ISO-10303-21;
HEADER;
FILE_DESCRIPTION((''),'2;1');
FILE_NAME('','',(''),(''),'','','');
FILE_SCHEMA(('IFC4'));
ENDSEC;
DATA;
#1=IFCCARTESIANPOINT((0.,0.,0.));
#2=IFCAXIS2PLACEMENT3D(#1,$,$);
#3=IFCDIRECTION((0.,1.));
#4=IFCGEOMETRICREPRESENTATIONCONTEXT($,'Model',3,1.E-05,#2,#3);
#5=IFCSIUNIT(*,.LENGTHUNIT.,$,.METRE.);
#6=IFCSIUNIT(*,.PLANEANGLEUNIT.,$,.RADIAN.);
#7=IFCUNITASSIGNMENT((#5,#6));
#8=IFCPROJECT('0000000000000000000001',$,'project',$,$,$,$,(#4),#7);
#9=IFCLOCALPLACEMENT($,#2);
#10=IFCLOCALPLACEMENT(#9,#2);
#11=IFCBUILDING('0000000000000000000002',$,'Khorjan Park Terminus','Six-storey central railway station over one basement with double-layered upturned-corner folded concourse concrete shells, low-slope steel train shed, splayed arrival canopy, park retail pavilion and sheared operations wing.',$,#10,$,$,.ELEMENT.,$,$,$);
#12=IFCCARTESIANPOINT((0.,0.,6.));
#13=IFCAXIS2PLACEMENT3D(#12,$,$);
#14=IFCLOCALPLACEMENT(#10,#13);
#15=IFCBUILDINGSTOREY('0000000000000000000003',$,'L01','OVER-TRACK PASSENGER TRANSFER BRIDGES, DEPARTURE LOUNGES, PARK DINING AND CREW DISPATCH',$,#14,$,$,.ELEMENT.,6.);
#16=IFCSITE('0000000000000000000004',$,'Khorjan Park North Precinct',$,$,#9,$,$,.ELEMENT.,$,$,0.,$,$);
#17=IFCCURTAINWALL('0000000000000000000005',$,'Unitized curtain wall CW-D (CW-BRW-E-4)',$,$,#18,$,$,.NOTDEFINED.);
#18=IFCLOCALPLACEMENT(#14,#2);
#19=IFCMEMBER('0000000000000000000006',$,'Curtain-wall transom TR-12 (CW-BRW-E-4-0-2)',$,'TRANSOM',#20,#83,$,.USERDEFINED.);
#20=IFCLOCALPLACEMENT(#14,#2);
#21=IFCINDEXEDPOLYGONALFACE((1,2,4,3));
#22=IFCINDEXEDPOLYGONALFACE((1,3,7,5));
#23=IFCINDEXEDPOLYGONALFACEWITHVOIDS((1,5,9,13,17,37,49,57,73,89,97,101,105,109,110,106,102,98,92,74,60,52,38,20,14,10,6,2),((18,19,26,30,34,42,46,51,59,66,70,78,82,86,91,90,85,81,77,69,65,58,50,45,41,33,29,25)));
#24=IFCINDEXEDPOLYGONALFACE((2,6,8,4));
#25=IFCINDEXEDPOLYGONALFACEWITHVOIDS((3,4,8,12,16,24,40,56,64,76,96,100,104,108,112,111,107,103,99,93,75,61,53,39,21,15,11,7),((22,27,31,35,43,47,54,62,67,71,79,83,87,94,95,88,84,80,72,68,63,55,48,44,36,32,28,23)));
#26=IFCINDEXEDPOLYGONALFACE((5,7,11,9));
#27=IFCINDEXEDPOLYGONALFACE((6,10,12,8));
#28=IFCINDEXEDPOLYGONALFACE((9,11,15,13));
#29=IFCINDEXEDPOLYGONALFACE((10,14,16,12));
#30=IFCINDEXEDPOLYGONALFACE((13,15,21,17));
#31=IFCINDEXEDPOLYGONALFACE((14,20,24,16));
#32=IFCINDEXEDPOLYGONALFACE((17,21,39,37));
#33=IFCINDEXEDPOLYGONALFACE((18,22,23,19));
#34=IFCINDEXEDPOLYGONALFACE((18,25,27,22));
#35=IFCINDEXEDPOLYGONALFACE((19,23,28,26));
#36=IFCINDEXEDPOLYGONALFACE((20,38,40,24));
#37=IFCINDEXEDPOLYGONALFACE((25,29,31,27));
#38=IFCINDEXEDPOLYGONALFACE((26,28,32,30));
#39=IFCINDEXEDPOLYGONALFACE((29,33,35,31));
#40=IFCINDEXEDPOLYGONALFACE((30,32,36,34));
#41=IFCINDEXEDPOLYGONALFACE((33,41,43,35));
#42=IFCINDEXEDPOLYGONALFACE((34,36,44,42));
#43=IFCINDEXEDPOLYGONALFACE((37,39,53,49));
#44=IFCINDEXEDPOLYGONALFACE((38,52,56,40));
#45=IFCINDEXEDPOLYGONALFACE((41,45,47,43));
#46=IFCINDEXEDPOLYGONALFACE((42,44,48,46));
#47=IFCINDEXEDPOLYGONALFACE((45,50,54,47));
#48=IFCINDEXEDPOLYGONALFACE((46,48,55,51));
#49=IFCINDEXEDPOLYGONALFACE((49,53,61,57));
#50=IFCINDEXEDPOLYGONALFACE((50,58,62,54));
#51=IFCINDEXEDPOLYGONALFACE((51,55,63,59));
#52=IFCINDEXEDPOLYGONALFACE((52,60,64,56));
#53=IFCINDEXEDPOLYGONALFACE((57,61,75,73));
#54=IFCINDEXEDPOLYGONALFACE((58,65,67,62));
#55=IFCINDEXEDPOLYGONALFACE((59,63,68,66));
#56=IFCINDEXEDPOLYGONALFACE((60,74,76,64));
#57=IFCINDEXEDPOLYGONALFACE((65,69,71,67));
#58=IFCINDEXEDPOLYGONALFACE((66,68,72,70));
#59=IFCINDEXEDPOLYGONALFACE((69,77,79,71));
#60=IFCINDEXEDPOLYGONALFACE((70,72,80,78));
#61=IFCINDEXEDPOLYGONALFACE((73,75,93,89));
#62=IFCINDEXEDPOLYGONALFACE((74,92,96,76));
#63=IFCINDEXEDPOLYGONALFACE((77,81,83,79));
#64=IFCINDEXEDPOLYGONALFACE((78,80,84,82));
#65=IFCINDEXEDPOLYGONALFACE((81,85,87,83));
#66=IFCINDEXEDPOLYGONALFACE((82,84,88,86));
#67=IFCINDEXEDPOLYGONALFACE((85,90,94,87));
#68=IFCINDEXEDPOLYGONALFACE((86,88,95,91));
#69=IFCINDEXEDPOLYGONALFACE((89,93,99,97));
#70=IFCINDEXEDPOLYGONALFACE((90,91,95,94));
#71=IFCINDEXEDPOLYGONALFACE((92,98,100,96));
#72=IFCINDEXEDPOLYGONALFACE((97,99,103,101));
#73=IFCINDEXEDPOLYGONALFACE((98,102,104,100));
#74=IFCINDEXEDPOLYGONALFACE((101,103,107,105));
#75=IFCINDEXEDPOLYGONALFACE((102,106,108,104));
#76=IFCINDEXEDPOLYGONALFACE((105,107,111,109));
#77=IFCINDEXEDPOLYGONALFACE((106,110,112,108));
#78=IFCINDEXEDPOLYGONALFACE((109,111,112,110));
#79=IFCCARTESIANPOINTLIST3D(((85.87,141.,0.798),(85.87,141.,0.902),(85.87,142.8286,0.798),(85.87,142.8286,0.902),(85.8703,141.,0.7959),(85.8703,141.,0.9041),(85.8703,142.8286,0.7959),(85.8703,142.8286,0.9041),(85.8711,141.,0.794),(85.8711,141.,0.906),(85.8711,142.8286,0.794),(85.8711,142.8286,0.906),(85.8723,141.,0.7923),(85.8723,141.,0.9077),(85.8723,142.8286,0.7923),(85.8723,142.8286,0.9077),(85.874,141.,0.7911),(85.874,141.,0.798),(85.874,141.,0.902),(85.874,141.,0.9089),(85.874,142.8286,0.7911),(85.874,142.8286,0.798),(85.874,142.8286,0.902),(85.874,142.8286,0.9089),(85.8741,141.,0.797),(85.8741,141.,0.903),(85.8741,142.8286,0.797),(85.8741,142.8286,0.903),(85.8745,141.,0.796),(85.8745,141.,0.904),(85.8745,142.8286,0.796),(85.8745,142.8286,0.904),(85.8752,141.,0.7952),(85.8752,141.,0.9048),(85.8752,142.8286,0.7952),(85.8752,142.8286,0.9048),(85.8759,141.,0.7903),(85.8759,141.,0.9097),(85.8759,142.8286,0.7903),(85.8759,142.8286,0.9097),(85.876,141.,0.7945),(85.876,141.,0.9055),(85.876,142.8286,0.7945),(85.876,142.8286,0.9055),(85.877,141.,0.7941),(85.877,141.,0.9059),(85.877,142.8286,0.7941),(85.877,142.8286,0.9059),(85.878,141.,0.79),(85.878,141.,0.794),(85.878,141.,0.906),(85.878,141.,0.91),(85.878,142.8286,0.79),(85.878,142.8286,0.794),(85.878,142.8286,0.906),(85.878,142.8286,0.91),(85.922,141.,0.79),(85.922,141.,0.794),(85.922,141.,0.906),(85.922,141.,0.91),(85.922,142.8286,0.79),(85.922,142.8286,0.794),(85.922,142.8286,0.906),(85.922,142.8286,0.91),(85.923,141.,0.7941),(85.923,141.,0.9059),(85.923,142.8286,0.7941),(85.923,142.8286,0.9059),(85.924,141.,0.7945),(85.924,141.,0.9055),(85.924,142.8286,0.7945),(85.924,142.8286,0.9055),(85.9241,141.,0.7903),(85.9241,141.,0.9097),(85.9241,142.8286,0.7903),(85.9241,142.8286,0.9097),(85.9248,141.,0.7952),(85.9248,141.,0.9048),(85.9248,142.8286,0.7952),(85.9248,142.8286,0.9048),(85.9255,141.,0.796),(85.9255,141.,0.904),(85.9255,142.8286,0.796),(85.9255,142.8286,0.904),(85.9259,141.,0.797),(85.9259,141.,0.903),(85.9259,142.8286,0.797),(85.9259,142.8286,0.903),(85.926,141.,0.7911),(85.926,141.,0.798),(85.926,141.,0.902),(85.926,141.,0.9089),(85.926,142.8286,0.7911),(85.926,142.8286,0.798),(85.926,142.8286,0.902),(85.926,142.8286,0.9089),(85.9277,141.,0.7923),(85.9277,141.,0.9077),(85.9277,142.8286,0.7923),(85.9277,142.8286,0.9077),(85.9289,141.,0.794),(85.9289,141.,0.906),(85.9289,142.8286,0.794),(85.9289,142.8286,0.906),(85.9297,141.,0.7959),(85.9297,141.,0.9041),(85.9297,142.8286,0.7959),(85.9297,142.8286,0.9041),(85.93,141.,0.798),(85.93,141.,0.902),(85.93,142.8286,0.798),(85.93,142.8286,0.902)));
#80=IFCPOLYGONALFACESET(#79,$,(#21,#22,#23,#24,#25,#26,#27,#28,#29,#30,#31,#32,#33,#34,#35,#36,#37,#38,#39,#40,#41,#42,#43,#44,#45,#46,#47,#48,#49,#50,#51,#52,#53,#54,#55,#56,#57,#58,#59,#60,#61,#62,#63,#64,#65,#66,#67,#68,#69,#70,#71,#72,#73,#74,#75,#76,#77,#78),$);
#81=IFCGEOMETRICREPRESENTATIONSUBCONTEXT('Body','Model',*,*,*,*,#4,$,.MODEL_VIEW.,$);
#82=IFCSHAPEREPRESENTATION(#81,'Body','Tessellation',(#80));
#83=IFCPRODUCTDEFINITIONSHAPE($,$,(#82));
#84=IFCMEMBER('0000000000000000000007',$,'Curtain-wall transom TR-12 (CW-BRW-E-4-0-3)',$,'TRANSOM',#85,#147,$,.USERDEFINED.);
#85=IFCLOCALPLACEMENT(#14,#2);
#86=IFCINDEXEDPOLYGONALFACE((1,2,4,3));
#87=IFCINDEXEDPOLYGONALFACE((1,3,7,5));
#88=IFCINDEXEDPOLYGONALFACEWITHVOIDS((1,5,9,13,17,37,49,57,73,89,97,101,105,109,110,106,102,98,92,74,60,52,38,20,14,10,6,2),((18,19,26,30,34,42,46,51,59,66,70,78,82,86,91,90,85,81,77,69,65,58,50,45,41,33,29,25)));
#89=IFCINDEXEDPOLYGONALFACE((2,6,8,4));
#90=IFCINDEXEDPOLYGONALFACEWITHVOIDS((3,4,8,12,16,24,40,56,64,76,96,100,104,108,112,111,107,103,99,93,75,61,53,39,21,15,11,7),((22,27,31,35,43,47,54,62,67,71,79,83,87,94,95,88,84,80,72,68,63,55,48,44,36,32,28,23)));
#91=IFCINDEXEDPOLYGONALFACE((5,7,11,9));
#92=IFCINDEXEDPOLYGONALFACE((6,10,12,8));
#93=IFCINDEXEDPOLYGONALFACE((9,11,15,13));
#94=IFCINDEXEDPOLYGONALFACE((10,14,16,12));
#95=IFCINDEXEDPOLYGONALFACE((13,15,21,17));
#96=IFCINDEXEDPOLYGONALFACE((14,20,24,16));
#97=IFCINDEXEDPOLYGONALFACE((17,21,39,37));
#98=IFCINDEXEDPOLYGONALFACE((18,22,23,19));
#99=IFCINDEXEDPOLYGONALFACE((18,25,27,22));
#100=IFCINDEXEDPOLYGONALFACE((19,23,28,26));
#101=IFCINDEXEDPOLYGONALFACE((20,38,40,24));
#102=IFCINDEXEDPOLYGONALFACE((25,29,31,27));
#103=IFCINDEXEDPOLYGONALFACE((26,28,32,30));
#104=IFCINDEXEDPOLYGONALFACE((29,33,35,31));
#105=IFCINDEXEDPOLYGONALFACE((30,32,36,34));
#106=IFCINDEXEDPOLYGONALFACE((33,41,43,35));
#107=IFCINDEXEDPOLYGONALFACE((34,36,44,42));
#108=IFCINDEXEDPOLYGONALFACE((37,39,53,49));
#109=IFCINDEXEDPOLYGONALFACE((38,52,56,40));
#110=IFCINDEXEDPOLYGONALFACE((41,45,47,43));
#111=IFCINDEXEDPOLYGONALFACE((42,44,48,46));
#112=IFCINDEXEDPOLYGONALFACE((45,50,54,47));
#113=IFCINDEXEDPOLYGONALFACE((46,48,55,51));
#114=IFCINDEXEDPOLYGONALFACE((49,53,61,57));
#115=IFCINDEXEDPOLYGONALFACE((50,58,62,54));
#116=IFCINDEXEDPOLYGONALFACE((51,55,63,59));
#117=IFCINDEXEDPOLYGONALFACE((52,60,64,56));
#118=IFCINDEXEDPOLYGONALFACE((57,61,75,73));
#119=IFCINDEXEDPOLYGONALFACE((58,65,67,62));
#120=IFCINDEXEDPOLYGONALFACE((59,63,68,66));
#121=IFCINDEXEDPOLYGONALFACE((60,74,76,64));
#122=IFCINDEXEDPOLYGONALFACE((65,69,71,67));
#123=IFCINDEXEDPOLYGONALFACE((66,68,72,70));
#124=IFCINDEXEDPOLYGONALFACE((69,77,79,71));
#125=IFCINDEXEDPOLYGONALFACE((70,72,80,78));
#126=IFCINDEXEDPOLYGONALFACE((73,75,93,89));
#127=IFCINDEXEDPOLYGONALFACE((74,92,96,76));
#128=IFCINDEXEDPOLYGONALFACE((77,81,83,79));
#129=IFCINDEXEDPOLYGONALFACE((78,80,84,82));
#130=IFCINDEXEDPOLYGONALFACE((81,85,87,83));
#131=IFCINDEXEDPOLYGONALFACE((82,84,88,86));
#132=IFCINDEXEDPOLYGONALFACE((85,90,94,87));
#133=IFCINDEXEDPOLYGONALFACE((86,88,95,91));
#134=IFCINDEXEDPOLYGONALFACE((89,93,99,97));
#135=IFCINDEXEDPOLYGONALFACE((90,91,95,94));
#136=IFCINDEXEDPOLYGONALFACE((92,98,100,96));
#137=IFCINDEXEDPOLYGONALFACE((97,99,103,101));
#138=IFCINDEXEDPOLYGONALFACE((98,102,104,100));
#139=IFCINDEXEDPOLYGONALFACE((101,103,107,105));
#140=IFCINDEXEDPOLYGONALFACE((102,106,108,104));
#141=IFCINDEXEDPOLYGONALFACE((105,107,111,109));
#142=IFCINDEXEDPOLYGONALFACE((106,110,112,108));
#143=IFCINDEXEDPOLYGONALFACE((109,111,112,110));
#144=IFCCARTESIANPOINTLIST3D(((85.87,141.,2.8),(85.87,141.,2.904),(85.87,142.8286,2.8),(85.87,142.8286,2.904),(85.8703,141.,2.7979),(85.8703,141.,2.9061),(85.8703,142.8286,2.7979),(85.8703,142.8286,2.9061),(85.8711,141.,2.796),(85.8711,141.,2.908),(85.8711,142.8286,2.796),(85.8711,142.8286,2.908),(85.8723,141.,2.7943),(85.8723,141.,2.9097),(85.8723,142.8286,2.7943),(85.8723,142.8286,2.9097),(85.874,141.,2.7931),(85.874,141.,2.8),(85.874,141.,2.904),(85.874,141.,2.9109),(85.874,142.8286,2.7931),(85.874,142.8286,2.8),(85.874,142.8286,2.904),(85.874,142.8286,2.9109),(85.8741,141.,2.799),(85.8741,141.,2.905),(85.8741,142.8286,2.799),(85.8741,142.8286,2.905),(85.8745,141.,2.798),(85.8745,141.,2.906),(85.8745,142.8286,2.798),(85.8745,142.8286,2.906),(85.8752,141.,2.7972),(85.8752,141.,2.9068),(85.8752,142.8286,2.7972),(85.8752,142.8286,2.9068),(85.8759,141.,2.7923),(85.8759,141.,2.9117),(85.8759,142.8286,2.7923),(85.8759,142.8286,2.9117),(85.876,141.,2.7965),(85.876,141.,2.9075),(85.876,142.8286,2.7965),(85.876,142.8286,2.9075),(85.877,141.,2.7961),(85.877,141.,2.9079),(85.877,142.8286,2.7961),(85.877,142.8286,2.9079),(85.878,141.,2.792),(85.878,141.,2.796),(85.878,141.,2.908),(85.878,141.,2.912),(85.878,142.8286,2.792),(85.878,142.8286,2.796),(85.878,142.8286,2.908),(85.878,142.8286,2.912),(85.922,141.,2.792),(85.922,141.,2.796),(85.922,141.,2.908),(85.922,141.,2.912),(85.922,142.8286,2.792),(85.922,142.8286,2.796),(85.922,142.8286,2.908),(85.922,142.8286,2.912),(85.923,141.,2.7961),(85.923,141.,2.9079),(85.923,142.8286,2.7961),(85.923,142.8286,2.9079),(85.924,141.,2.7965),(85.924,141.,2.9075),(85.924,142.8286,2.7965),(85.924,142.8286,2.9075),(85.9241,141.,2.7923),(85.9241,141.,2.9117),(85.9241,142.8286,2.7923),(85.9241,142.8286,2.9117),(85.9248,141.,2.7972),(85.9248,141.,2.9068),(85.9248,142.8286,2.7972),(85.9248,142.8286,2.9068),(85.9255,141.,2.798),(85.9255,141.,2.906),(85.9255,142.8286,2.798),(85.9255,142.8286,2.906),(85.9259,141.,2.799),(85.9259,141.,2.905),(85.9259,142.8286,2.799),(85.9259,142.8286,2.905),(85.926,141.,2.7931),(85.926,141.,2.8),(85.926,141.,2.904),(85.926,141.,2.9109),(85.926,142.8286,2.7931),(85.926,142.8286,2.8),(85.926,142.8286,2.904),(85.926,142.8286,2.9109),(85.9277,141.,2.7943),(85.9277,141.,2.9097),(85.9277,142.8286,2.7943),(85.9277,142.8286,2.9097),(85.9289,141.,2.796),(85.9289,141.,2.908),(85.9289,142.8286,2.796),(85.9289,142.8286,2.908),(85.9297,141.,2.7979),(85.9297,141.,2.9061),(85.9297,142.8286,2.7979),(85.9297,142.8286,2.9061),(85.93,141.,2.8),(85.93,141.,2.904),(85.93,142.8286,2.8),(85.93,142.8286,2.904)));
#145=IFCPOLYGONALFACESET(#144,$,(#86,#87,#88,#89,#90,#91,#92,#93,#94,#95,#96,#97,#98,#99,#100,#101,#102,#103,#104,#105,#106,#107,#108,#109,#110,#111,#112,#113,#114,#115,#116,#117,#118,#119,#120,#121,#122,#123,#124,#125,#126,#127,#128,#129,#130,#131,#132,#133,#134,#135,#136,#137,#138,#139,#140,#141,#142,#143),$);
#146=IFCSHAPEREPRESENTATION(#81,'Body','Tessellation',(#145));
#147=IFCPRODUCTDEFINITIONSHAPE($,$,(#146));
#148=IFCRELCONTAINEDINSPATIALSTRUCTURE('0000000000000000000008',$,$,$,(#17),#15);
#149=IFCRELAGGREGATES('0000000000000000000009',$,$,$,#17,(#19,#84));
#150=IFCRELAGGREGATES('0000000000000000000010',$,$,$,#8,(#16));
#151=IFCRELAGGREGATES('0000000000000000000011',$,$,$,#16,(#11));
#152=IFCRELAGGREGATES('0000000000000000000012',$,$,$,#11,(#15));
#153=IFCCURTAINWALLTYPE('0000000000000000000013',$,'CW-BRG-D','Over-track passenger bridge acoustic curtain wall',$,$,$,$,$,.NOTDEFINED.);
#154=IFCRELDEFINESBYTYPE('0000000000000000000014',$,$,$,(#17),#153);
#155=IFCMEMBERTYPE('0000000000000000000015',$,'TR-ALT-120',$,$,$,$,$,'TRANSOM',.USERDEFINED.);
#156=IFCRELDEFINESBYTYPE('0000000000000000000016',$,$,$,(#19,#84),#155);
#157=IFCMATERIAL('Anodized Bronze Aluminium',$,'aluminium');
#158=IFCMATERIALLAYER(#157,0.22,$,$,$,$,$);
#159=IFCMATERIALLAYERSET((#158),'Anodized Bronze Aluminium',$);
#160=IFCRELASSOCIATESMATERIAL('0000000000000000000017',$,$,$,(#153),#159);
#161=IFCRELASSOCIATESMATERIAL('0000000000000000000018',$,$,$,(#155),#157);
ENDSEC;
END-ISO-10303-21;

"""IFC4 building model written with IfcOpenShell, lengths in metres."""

from ifc_helpers import new_model, si_unit, direction, frame, origin, origin_2d, place, context, subcontext, project, spatial, hollow_rectangle, extrude, material, layer, layer_set, material_profile, profile_set, type_object, element, aggregate, save


model = new_model("IFC4")

# Units and contexts
model_context = context("Model", 3, precision=1e-05, world=origin(), true_north=direction((0.0, 1.0)))
body_context = subcontext(model_context, "Body", "Model", "MODEL_VIEW")
ifc_project = project(units=[si_unit("LENGTHUNIT", "METRE"), si_unit("PLANEANGLEUNIT", "RADIAN")], contexts=[model_context])

# Site, building, storey
site_placement = place(None, origin())
site = spatial("IfcSite", under=ifc_project, at=site_placement, Name="Khorjan Park North Precinct", CompositionType="ELEMENT", RefElevation=0.0)
building_placement = place(site_placement, origin())
building = spatial("IfcBuilding", under=site, at=building_placement, Name="Khorjan Park Terminus", Description="Six-storey central railway station over one basement with double-layered upturned-corner folded concourse concrete shells, low-slope steel train shed, splayed arrival canopy, park retail pavilion and sheared operations wing.", CompositionType="ELEMENT")
storey_placement = place(building_placement, frame((0.0, 0.0, 6.0)))
storey = spatial("IfcBuildingStorey", under=building, at=storey_placement, Name="L01", Description="OVER-TRACK PASSENGER TRANSFER BRIDGES, DEPARTURE LOUNGES, PARK DINING AND CREW DISPATCH", CompositionType="ELEMENT", Elevation=6.0)

# Curtain wall
ifc_material_1 = material(Name="Anodized Bronze Aluminium", Category="aluminium")
ifc_layer_1 = layer(ifc_material_1, 0.22)
ifc_layer_set_1 = layer_set([ifc_layer_1], Name="Anodized Bronze Aluminium")
curtain_wall_type = type_object("IfcCurtainWallType", Name="CW-BRG-D", Description="Over-track passenger bridge acoustic curtain wall", PredefinedType="NOTDEFINED", material=ifc_layer_set_1)
curtain_wall_1_placement = place(storey_placement, origin())
curtain_wall_1 = element("IfcCurtainWall", 1, at=curtain_wall_1_placement, inside=storey, type_object=curtain_wall_type, Name="Unitized curtain wall CW-D (CW-BRW-E-4)", PredefinedType="NOTDEFINED")

# Members
ifc_material_profile_1 = material_profile(ifc_material_1, hollow_rectangle(XDim=0.06, YDim=0.12, WallThickness=0.004, InnerFilletRadius=0.004, OuterFilletRadius=0.008, at=origin_2d()), Name="ALT 60x120x4")
ifc_profile_set_1 = profile_set([ifc_material_profile_1], Name="Anodized Bronze Aluminium")
member_type_1 = type_object("IfcMemberType", Name="TR-ALT-120", ElementType="TRANSOM", PredefinedType="USERDEFINED", material=ifc_profile_set_1)
member_1_placement = place(storey_placement, frame((85.9, 141.0, 0.85), z_axis=(0.0, 1.0, 0.0), x_axis=(-1.0, 0.0, 0.0)))
member_1 = element("IfcMember", 2, at=member_1_placement, type_object=member_type_1, Name="Curtain-wall transom TR-12 (CW-BRW-E-4-0-2)", ObjectType="TRANSOM", PredefinedType="USERDEFINED", context=body_context, shape_type="SweptSolid", body=[
    extrude(hollow_rectangle(XDim=0.06, YDim=0.12, WallThickness=0.004, InnerFilletRadius=0.004, OuterFilletRadius=0.008, at=origin_2d()), origin(), (0.0, 0.0, 1.0), 1.8286),
])
member_2_placement = place(storey_placement, frame((85.9, 141.0, 2.852), z_axis=(0.0, 1.0, 0.0), x_axis=(-1.0, 0.0, 0.0)))
member_2 = element("IfcMember", 3, at=member_2_placement, type_object=member_type_1, Name="Curtain-wall transom TR-12 (CW-BRW-E-4-0-3)", ObjectType="TRANSOM", PredefinedType="USERDEFINED", context=body_context, shape_type="SweptSolid", body=[
    extrude(hollow_rectangle(XDim=0.06, YDim=0.12, WallThickness=0.004, InnerFilletRadius=0.004, OuterFilletRadius=0.008, at=origin_2d()), origin(), (0.0, 0.0, 1.0), 1.8286),
])

aggregate(curtain_wall_1, [member_1, member_2])

save(model, "model.ifc")
